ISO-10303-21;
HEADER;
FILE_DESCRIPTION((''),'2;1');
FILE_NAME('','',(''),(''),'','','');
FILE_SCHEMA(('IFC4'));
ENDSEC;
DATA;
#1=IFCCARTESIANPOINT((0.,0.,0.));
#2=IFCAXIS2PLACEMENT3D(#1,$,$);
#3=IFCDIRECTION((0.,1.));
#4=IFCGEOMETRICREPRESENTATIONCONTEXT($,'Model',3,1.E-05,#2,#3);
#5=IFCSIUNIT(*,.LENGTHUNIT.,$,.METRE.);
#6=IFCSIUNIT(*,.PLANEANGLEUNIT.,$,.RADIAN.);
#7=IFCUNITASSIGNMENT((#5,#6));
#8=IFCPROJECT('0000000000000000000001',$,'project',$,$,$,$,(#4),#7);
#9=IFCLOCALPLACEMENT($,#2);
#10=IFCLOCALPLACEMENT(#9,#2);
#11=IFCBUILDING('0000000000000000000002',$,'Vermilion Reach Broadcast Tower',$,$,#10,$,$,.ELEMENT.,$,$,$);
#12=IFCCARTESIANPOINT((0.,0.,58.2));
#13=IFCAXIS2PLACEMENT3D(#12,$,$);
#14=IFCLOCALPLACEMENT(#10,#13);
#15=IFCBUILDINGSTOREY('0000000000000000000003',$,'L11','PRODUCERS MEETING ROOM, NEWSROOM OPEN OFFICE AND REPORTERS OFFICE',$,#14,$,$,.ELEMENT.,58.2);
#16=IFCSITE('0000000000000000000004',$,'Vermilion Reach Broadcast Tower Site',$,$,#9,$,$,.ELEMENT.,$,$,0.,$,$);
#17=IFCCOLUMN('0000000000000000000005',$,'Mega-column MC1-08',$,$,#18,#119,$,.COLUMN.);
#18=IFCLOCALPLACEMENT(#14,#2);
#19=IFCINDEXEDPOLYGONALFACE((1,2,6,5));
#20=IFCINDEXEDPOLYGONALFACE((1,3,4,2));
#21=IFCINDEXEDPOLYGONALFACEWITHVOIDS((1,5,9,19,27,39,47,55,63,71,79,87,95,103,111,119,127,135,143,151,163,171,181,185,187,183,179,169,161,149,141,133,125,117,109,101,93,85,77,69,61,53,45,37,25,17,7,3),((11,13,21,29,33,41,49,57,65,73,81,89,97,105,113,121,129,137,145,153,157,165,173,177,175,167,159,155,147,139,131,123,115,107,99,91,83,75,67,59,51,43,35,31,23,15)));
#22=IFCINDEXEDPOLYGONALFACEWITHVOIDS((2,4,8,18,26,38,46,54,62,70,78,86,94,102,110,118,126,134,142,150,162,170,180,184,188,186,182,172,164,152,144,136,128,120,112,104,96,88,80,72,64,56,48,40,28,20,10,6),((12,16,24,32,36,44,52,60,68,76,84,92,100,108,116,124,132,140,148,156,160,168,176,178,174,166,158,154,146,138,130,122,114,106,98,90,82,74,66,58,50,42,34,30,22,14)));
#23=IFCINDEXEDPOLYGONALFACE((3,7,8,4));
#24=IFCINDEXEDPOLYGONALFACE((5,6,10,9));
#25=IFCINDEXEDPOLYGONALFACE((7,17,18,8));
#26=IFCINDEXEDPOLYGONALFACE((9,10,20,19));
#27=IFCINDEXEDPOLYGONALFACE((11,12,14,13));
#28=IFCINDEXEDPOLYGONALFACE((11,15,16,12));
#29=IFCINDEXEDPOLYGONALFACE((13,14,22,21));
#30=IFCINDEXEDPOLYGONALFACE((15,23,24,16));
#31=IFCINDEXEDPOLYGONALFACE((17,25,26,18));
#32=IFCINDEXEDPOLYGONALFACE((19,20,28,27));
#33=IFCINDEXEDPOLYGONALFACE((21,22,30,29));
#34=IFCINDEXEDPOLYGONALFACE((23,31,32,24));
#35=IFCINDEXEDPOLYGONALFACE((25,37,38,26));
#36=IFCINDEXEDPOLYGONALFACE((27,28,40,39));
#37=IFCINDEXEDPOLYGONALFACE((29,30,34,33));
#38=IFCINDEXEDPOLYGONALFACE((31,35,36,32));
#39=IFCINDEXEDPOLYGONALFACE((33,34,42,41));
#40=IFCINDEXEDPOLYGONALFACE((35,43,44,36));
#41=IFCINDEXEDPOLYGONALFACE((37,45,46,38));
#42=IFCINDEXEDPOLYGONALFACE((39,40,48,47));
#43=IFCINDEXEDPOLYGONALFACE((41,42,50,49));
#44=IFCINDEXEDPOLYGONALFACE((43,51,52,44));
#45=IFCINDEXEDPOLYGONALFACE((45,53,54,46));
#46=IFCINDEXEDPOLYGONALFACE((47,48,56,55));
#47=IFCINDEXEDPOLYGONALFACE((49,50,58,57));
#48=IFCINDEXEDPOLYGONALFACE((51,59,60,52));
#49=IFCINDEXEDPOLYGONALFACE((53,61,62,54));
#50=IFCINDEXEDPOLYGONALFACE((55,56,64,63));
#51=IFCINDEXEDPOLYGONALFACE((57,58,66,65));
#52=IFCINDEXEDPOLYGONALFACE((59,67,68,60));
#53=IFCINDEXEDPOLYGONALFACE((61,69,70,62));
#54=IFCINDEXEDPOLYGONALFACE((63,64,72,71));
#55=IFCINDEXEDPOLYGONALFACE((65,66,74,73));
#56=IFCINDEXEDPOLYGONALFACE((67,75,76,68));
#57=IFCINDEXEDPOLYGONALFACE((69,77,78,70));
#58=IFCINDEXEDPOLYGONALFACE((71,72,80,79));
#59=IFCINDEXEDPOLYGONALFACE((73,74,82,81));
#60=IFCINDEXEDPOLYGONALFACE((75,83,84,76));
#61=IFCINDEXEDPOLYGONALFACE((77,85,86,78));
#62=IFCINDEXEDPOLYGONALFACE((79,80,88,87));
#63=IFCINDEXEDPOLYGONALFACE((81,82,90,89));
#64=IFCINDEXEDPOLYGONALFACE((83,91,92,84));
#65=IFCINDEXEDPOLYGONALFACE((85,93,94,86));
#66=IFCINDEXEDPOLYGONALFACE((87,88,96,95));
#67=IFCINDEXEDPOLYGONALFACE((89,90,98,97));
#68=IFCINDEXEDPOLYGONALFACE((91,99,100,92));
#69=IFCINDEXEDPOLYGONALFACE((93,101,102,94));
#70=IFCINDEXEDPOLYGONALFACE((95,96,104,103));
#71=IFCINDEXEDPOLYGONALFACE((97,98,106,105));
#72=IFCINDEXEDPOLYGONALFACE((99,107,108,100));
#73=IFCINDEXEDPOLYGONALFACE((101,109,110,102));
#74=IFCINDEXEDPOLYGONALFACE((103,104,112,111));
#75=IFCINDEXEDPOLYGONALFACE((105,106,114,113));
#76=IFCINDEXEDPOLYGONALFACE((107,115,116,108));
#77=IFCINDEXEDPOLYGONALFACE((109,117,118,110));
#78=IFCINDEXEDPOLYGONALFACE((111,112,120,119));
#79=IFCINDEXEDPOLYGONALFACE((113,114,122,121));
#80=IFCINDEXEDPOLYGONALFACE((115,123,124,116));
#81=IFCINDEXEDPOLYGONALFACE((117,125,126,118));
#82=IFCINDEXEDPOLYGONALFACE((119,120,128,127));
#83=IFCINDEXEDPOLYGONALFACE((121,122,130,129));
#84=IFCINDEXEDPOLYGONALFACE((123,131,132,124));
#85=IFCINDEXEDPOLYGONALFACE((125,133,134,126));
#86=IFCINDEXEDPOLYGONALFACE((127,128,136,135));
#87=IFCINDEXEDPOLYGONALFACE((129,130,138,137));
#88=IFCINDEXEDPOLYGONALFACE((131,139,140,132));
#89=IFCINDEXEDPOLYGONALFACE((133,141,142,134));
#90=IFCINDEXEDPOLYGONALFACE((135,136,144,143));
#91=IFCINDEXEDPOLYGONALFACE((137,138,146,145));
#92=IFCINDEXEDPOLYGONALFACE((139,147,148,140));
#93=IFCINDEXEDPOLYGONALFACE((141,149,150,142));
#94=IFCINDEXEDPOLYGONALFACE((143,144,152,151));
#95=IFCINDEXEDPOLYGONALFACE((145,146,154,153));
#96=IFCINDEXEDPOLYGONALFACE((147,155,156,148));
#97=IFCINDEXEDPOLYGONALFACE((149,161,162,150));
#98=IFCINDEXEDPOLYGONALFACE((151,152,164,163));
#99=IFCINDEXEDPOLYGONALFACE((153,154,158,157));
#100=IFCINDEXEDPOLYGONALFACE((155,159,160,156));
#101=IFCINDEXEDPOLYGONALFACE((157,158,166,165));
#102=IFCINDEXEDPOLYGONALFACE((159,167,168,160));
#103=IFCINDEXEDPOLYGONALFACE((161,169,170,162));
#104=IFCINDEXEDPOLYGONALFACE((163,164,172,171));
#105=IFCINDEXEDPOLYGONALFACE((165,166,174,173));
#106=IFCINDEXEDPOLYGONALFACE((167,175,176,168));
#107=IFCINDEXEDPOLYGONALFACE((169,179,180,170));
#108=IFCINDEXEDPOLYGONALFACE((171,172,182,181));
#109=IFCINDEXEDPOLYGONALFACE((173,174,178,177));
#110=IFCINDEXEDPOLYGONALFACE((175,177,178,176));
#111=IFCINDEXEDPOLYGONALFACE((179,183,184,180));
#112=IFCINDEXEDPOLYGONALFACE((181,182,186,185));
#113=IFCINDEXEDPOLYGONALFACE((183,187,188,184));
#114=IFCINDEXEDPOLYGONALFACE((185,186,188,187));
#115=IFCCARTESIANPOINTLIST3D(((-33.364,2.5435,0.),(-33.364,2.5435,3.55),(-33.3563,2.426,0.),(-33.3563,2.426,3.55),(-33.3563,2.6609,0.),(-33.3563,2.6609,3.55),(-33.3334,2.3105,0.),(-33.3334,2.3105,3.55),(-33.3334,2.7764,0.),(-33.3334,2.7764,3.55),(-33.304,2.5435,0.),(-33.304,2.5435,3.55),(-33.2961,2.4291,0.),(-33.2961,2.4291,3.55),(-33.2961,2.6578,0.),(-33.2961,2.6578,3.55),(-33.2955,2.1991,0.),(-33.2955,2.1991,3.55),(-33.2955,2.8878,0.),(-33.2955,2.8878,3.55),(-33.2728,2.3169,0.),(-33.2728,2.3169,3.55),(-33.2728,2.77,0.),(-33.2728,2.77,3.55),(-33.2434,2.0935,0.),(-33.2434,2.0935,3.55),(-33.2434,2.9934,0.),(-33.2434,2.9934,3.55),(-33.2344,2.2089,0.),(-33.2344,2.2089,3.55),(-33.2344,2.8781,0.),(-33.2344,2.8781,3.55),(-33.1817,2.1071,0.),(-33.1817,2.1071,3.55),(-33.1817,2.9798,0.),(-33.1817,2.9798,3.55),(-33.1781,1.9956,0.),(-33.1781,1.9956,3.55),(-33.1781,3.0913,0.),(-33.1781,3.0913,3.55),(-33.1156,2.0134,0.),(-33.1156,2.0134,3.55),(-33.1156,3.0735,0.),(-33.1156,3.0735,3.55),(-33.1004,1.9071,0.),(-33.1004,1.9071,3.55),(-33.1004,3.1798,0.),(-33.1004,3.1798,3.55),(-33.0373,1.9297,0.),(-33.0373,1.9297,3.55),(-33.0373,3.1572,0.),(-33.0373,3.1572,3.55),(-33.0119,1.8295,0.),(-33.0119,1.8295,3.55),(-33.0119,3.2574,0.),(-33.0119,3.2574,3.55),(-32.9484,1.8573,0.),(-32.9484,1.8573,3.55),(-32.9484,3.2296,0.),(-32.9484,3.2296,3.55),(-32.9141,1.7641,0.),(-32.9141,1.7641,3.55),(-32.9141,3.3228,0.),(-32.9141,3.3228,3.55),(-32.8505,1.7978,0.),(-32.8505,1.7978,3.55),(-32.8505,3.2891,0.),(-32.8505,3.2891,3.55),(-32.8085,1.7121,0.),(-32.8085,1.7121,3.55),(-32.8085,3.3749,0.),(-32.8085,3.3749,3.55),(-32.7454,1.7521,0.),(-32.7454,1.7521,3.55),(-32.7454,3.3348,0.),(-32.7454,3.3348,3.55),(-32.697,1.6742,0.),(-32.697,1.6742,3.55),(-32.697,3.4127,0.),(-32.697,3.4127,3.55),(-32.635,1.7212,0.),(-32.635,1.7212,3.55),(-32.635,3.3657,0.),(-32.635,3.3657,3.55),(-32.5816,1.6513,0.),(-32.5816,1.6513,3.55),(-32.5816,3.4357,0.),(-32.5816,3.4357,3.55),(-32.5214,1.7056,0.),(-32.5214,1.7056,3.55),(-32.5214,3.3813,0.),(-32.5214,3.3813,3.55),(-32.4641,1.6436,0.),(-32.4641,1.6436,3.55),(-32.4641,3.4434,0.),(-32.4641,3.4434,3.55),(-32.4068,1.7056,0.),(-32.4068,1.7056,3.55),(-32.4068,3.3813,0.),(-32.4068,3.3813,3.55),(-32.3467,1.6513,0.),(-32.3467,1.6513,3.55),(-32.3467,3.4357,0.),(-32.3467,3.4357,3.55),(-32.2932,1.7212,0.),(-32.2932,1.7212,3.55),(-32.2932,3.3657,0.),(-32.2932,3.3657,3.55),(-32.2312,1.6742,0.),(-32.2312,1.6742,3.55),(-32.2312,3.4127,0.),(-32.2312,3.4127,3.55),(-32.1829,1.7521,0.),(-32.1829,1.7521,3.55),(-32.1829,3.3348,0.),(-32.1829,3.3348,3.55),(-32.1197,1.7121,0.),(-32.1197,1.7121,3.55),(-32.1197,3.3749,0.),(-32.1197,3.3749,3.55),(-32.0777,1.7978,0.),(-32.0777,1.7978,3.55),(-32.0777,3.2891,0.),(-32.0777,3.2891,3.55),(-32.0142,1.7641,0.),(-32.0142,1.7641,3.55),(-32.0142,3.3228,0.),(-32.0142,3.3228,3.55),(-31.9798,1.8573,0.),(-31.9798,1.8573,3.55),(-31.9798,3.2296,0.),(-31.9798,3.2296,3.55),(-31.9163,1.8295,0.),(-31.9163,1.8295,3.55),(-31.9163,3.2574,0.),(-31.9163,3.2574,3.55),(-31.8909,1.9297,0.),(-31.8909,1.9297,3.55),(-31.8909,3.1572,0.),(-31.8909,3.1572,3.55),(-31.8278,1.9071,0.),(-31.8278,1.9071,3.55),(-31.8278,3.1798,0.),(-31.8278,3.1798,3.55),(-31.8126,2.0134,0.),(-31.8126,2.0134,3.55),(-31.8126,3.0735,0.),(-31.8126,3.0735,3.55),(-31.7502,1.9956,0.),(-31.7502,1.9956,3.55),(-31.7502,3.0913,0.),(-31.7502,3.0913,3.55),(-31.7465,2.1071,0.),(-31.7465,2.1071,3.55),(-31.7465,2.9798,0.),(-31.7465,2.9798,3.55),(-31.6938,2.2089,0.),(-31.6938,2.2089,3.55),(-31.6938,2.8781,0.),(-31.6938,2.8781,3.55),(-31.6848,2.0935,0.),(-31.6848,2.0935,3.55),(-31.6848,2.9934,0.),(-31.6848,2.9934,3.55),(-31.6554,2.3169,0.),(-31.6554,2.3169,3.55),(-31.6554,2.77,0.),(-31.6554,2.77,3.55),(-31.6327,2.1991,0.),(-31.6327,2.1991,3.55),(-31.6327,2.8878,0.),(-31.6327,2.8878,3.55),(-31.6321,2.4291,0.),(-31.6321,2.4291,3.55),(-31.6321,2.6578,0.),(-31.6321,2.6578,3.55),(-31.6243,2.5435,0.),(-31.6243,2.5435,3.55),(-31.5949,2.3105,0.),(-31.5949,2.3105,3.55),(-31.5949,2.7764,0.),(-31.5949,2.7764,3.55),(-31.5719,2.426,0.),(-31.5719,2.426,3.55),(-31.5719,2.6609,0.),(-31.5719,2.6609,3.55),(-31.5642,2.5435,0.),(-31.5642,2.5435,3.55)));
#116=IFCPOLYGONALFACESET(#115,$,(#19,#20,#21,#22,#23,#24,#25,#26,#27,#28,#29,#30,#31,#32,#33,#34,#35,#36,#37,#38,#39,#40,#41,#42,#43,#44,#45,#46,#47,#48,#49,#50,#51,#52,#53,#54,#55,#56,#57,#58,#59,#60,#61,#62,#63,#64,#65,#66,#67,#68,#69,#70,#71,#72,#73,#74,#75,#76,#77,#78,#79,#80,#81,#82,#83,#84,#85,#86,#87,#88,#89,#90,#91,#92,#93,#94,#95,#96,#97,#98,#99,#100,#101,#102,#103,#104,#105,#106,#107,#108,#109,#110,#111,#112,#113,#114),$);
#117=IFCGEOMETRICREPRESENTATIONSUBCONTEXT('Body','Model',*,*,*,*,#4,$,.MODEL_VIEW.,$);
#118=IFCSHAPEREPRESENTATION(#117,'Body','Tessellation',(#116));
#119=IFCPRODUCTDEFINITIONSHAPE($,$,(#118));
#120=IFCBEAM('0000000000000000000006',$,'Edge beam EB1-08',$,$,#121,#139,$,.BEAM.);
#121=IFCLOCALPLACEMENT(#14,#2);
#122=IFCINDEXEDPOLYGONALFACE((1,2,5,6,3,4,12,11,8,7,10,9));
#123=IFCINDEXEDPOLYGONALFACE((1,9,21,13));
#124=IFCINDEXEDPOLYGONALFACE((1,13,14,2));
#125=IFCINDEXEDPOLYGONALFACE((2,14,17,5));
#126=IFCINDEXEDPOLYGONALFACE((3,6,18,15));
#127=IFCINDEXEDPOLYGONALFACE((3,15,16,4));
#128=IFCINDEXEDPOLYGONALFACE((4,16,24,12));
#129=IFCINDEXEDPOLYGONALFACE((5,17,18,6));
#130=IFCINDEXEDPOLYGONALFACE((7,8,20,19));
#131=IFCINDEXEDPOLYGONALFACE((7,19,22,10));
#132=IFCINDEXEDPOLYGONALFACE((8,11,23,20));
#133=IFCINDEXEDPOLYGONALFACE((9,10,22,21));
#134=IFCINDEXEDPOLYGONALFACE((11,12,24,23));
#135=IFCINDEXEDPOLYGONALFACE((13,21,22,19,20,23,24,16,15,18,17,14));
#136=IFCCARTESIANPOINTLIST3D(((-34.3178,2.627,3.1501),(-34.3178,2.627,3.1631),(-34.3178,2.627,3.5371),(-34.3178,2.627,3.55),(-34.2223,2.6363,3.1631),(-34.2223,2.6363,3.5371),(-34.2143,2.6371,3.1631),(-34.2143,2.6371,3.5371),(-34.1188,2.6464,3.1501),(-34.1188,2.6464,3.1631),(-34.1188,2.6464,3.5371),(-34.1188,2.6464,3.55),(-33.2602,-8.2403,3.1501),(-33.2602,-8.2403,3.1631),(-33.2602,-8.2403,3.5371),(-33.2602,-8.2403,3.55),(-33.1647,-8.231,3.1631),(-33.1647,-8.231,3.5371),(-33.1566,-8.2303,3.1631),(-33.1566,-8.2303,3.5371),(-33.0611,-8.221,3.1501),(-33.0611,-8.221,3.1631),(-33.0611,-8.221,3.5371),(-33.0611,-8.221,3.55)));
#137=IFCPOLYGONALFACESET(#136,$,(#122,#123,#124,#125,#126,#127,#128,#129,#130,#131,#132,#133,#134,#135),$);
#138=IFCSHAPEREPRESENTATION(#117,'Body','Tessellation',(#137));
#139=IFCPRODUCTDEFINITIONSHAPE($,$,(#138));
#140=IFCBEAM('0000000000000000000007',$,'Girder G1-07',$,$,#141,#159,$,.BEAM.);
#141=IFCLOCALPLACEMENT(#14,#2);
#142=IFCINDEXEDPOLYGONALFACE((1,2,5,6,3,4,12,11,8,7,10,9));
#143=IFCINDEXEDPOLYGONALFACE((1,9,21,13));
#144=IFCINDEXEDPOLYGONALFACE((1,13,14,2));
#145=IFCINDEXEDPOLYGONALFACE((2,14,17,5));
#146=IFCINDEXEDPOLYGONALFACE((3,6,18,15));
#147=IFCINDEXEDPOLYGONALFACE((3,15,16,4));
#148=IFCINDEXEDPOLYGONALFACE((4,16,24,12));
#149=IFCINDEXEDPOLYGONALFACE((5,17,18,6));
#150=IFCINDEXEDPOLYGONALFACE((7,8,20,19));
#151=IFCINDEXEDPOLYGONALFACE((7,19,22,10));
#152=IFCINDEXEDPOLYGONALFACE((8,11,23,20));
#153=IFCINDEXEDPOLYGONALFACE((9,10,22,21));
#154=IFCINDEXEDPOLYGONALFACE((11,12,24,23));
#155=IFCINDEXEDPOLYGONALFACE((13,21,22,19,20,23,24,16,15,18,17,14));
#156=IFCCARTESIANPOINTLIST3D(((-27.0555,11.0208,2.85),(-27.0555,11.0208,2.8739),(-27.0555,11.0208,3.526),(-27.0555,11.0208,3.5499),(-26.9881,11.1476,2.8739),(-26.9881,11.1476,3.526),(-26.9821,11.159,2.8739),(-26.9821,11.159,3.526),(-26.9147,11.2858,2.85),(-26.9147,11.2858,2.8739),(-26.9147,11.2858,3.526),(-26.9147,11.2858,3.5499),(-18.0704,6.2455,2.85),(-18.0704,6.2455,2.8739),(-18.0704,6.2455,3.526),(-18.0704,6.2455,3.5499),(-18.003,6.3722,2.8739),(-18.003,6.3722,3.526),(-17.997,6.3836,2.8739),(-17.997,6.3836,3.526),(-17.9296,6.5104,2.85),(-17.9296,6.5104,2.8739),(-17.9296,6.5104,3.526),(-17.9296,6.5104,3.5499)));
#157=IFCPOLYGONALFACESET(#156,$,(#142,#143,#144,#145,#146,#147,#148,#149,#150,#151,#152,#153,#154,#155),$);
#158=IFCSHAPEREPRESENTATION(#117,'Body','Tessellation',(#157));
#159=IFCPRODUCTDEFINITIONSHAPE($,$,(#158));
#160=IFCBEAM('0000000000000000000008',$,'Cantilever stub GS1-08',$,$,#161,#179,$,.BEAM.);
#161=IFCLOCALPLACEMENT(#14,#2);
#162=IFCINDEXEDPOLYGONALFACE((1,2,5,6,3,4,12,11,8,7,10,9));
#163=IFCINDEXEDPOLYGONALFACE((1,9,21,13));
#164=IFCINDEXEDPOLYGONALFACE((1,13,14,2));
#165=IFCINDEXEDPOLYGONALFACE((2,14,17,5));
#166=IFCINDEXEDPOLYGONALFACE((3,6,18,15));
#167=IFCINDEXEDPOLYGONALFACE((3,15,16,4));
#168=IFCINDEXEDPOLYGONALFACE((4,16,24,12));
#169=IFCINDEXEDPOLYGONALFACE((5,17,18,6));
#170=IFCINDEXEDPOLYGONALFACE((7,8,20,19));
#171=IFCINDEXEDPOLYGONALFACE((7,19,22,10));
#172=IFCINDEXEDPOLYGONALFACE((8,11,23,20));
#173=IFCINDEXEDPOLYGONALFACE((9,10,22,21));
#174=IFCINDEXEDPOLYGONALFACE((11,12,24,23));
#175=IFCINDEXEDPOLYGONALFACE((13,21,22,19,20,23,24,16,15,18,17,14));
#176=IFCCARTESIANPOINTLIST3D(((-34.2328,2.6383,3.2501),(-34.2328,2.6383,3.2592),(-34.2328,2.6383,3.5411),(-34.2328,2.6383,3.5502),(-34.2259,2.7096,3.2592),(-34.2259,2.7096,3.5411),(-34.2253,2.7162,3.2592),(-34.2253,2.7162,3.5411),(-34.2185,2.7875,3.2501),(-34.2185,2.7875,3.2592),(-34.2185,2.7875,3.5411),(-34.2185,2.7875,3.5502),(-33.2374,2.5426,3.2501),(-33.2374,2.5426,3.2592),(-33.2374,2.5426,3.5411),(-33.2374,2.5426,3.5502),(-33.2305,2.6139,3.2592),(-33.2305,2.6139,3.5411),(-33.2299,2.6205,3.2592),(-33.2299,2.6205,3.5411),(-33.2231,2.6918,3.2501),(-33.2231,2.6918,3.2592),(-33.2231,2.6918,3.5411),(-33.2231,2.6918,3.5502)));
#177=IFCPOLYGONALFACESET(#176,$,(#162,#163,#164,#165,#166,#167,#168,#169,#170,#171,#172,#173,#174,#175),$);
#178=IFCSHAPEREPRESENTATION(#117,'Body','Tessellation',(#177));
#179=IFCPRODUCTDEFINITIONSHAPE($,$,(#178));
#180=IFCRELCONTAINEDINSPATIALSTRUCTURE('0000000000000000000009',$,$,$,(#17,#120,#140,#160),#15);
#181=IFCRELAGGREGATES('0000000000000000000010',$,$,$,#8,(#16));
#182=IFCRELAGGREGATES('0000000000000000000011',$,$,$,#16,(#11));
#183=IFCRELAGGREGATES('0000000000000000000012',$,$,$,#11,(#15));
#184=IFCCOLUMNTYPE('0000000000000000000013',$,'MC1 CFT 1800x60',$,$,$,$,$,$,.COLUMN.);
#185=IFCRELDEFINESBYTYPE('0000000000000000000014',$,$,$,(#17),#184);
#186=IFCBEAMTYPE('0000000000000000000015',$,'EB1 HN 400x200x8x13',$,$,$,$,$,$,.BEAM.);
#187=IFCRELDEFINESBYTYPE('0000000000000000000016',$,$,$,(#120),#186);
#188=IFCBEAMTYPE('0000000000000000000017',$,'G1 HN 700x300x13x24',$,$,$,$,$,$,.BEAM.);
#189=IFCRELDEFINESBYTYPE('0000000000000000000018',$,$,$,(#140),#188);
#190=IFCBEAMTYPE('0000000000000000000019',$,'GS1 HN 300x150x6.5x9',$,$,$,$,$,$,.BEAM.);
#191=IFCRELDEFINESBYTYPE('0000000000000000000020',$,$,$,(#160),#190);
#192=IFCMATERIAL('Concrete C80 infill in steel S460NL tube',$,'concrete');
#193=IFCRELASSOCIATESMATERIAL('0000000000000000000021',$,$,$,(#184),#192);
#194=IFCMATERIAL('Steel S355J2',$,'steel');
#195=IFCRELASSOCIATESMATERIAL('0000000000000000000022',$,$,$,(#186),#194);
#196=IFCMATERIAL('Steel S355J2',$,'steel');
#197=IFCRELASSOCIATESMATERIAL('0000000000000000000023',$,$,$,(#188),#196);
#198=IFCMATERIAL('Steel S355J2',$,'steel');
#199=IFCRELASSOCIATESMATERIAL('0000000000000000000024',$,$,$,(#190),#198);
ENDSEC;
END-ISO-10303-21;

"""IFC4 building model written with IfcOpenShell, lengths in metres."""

from ifc_helpers import new_model, si_unit, direction, frame, origin, origin_2d, place, context, subcontext, project, spatial, hollow_circle, i_section, extrude, material, material_profile, profile_set, type_object, element, save


model = new_model("IFC4")

# Units and contexts
model_context = context("Model", 3, precision=1e-05, world=origin(), true_north=direction((0.0, 1.0)))
body_context = subcontext(model_context, "Body", "Model", "MODEL_VIEW")
ifc_project = project(units=[si_unit("LENGTHUNIT", "METRE"), si_unit("PLANEANGLEUNIT", "RADIAN")], contexts=[model_context])

# Site, building, storey
site_placement = place(None, origin())
site = spatial("IfcSite", under=ifc_project, at=site_placement, Name="Vermilion Reach Broadcast Tower Site", CompositionType="ELEMENT", RefElevation=0.0)
building_placement = place(site_placement, origin())
building = spatial("IfcBuilding", under=site, at=building_placement, Name="Vermilion Reach Broadcast Tower", CompositionType="ELEMENT")
storey_placement = place(building_placement, frame((0.0, 0.0, 58.2)))
storey = spatial("IfcBuildingStorey", under=building, at=storey_placement, Name="L11", Description="PRODUCERS MEETING ROOM, NEWSROOM OPEN OFFICE AND REPORTERS OFFICE", CompositionType="ELEMENT", Elevation=58.2)

# Column
ifc_material_1 = material(Name="Concrete C80 infill in steel S460NL tube", Category="concrete")
ifc_material_profile_1 = material_profile(ifc_material_1, hollow_circle(Radius=0.8999, WallThickness=0.0601, at=origin_2d()), Name="Concrete C80 infill in steel S460NL tube CFT 1800x60")
ifc_profile_set_1 = profile_set([ifc_material_profile_1], Name="Concrete C80 infill in steel S460NL tube")
column_type = type_object("IfcColumnType", Name="MC1 CFT 1800x60", PredefinedType="COLUMN", material=ifc_profile_set_1)
column_placement = place(storey_placement, frame((-32.4641, 2.5435, 0.0), z_axis=(0.0, 0.0, 1.0), x_axis=(1.0, 0.0, 0.0)))
element("IfcColumn", 1, at=column_placement, inside=storey, type_object=column_type, Name="Mega-column MC1-08", PredefinedType="COLUMN", context=body_context, shape_type="SweptSolid", body=[
    extrude(hollow_circle(Radius=0.8999, WallThickness=0.0601, at=origin_2d()), origin(), (0.0, 0.0, 1.0), 3.55),
])

# Beams
ifc_material_2 = material(Name="Steel S355J2", Category="steel")
ifc_material_profile_2 = material_profile(ifc_material_2, i_section(OverallWidth=0.2, OverallDepth=0.3999, WebThickness=0.0081, FlangeThickness=0.0129, at=origin_2d()), Name="S355J2 HN 400x200x8x13")
ifc_profile_set_2 = profile_set([ifc_material_profile_2], Name="Steel S355J2")
beam_type_1 = type_object("IfcBeamType", Name="EB1 HN 400x200x8x13", PredefinedType="BEAM", material=ifc_profile_set_2)
beam_1_placement = place(storey_placement, frame((-34.2183, 2.6367, 3.3501), z_axis=(0.096862, -0.995298, 0.0), x_axis=(0.995298, 0.096862, 0.0)))
element("IfcBeam", 2, at=beam_1_placement, inside=storey, type_object=beam_type_1, Name="Edge beam EB1-08", PredefinedType="BEAM", context=body_context, shape_type="SweptSolid", body=[
    extrude(i_section(OverallWidth=0.2, OverallDepth=0.3999, WebThickness=0.0081, FlangeThickness=0.0129, at=origin_2d()), origin(), (0.0, 0.0, 1.0), 10.9187),
])
ifc_material_3 = material(Name="Steel S355J2", Category="steel")
ifc_material_profile_3 = material_profile(ifc_material_3, i_section(OverallWidth=0.3, OverallDepth=0.7, WebThickness=0.0129, FlangeThickness=0.0239, at=origin_2d()), Name="S355J2 HN 700x300x13x24")
ifc_profile_set_3 = profile_set([ifc_material_profile_3], Name="Steel S355J2")
beam_type_2 = type_object("IfcBeamType", Name="G1 HN 700x300x13x24", PredefinedType="BEAM", material=ifc_profile_set_3)
beam_2_placement = place(storey_placement, frame((-18.0, 6.3779, 3.2), z_axis=(-0.883032, 0.469313, 0.0), x_axis=(-0.469313, -0.883032, 0.0)))
element("IfcBeam", 3, at=beam_2_placement, inside=storey, type_object=beam_type_2, Name="Girder G1-07", PredefinedType="BEAM", context=body_context, shape_type="SweptSolid", body=[
    extrude(i_section(OverallWidth=0.3, OverallDepth=0.7, WebThickness=0.0129, FlangeThickness=0.0239, at=origin_2d()), origin(), (0.0, 0.0, 1.0), 10.1753),
])
ifc_material_4 = material(Name="Steel S355J2", Category="steel")
ifc_material_profile_4 = material_profile(ifc_material_4, i_section(OverallWidth=0.1499, OverallDepth=0.3, WebThickness=0.0066, FlangeThickness=0.009, at=origin_2d()), Name="S355J2 HN 300x150x6.5x9")
ifc_profile_set_4 = profile_set([ifc_material_profile_4], Name="Steel S355J2")
beam_type_3 = type_object("IfcBeamType", Name="GS1 HN 300x150x6.5x9", PredefinedType="BEAM", material=ifc_profile_set_4)
beam_3_placement = place(storey_placement, frame((-33.2302, 2.6172, 3.4001), z_axis=(-0.995409, 0.095708, 0.0), x_axis=(-0.095708, -0.995409, 0.0)))
element("IfcBeam", 4, at=beam_3_placement, inside=storey, type_object=beam_type_3, Name="Cantilever stub GS1-08", PredefinedType="BEAM", context=body_context, shape_type="SweptSolid", body=[
    extrude(i_section(OverallWidth=0.1499, OverallDepth=0.3, WebThickness=0.0066, FlangeThickness=0.009, at=origin_2d()), origin(), (0.0, 0.0, 1.0), 1.0),
])

save(model, "model.ifc")
